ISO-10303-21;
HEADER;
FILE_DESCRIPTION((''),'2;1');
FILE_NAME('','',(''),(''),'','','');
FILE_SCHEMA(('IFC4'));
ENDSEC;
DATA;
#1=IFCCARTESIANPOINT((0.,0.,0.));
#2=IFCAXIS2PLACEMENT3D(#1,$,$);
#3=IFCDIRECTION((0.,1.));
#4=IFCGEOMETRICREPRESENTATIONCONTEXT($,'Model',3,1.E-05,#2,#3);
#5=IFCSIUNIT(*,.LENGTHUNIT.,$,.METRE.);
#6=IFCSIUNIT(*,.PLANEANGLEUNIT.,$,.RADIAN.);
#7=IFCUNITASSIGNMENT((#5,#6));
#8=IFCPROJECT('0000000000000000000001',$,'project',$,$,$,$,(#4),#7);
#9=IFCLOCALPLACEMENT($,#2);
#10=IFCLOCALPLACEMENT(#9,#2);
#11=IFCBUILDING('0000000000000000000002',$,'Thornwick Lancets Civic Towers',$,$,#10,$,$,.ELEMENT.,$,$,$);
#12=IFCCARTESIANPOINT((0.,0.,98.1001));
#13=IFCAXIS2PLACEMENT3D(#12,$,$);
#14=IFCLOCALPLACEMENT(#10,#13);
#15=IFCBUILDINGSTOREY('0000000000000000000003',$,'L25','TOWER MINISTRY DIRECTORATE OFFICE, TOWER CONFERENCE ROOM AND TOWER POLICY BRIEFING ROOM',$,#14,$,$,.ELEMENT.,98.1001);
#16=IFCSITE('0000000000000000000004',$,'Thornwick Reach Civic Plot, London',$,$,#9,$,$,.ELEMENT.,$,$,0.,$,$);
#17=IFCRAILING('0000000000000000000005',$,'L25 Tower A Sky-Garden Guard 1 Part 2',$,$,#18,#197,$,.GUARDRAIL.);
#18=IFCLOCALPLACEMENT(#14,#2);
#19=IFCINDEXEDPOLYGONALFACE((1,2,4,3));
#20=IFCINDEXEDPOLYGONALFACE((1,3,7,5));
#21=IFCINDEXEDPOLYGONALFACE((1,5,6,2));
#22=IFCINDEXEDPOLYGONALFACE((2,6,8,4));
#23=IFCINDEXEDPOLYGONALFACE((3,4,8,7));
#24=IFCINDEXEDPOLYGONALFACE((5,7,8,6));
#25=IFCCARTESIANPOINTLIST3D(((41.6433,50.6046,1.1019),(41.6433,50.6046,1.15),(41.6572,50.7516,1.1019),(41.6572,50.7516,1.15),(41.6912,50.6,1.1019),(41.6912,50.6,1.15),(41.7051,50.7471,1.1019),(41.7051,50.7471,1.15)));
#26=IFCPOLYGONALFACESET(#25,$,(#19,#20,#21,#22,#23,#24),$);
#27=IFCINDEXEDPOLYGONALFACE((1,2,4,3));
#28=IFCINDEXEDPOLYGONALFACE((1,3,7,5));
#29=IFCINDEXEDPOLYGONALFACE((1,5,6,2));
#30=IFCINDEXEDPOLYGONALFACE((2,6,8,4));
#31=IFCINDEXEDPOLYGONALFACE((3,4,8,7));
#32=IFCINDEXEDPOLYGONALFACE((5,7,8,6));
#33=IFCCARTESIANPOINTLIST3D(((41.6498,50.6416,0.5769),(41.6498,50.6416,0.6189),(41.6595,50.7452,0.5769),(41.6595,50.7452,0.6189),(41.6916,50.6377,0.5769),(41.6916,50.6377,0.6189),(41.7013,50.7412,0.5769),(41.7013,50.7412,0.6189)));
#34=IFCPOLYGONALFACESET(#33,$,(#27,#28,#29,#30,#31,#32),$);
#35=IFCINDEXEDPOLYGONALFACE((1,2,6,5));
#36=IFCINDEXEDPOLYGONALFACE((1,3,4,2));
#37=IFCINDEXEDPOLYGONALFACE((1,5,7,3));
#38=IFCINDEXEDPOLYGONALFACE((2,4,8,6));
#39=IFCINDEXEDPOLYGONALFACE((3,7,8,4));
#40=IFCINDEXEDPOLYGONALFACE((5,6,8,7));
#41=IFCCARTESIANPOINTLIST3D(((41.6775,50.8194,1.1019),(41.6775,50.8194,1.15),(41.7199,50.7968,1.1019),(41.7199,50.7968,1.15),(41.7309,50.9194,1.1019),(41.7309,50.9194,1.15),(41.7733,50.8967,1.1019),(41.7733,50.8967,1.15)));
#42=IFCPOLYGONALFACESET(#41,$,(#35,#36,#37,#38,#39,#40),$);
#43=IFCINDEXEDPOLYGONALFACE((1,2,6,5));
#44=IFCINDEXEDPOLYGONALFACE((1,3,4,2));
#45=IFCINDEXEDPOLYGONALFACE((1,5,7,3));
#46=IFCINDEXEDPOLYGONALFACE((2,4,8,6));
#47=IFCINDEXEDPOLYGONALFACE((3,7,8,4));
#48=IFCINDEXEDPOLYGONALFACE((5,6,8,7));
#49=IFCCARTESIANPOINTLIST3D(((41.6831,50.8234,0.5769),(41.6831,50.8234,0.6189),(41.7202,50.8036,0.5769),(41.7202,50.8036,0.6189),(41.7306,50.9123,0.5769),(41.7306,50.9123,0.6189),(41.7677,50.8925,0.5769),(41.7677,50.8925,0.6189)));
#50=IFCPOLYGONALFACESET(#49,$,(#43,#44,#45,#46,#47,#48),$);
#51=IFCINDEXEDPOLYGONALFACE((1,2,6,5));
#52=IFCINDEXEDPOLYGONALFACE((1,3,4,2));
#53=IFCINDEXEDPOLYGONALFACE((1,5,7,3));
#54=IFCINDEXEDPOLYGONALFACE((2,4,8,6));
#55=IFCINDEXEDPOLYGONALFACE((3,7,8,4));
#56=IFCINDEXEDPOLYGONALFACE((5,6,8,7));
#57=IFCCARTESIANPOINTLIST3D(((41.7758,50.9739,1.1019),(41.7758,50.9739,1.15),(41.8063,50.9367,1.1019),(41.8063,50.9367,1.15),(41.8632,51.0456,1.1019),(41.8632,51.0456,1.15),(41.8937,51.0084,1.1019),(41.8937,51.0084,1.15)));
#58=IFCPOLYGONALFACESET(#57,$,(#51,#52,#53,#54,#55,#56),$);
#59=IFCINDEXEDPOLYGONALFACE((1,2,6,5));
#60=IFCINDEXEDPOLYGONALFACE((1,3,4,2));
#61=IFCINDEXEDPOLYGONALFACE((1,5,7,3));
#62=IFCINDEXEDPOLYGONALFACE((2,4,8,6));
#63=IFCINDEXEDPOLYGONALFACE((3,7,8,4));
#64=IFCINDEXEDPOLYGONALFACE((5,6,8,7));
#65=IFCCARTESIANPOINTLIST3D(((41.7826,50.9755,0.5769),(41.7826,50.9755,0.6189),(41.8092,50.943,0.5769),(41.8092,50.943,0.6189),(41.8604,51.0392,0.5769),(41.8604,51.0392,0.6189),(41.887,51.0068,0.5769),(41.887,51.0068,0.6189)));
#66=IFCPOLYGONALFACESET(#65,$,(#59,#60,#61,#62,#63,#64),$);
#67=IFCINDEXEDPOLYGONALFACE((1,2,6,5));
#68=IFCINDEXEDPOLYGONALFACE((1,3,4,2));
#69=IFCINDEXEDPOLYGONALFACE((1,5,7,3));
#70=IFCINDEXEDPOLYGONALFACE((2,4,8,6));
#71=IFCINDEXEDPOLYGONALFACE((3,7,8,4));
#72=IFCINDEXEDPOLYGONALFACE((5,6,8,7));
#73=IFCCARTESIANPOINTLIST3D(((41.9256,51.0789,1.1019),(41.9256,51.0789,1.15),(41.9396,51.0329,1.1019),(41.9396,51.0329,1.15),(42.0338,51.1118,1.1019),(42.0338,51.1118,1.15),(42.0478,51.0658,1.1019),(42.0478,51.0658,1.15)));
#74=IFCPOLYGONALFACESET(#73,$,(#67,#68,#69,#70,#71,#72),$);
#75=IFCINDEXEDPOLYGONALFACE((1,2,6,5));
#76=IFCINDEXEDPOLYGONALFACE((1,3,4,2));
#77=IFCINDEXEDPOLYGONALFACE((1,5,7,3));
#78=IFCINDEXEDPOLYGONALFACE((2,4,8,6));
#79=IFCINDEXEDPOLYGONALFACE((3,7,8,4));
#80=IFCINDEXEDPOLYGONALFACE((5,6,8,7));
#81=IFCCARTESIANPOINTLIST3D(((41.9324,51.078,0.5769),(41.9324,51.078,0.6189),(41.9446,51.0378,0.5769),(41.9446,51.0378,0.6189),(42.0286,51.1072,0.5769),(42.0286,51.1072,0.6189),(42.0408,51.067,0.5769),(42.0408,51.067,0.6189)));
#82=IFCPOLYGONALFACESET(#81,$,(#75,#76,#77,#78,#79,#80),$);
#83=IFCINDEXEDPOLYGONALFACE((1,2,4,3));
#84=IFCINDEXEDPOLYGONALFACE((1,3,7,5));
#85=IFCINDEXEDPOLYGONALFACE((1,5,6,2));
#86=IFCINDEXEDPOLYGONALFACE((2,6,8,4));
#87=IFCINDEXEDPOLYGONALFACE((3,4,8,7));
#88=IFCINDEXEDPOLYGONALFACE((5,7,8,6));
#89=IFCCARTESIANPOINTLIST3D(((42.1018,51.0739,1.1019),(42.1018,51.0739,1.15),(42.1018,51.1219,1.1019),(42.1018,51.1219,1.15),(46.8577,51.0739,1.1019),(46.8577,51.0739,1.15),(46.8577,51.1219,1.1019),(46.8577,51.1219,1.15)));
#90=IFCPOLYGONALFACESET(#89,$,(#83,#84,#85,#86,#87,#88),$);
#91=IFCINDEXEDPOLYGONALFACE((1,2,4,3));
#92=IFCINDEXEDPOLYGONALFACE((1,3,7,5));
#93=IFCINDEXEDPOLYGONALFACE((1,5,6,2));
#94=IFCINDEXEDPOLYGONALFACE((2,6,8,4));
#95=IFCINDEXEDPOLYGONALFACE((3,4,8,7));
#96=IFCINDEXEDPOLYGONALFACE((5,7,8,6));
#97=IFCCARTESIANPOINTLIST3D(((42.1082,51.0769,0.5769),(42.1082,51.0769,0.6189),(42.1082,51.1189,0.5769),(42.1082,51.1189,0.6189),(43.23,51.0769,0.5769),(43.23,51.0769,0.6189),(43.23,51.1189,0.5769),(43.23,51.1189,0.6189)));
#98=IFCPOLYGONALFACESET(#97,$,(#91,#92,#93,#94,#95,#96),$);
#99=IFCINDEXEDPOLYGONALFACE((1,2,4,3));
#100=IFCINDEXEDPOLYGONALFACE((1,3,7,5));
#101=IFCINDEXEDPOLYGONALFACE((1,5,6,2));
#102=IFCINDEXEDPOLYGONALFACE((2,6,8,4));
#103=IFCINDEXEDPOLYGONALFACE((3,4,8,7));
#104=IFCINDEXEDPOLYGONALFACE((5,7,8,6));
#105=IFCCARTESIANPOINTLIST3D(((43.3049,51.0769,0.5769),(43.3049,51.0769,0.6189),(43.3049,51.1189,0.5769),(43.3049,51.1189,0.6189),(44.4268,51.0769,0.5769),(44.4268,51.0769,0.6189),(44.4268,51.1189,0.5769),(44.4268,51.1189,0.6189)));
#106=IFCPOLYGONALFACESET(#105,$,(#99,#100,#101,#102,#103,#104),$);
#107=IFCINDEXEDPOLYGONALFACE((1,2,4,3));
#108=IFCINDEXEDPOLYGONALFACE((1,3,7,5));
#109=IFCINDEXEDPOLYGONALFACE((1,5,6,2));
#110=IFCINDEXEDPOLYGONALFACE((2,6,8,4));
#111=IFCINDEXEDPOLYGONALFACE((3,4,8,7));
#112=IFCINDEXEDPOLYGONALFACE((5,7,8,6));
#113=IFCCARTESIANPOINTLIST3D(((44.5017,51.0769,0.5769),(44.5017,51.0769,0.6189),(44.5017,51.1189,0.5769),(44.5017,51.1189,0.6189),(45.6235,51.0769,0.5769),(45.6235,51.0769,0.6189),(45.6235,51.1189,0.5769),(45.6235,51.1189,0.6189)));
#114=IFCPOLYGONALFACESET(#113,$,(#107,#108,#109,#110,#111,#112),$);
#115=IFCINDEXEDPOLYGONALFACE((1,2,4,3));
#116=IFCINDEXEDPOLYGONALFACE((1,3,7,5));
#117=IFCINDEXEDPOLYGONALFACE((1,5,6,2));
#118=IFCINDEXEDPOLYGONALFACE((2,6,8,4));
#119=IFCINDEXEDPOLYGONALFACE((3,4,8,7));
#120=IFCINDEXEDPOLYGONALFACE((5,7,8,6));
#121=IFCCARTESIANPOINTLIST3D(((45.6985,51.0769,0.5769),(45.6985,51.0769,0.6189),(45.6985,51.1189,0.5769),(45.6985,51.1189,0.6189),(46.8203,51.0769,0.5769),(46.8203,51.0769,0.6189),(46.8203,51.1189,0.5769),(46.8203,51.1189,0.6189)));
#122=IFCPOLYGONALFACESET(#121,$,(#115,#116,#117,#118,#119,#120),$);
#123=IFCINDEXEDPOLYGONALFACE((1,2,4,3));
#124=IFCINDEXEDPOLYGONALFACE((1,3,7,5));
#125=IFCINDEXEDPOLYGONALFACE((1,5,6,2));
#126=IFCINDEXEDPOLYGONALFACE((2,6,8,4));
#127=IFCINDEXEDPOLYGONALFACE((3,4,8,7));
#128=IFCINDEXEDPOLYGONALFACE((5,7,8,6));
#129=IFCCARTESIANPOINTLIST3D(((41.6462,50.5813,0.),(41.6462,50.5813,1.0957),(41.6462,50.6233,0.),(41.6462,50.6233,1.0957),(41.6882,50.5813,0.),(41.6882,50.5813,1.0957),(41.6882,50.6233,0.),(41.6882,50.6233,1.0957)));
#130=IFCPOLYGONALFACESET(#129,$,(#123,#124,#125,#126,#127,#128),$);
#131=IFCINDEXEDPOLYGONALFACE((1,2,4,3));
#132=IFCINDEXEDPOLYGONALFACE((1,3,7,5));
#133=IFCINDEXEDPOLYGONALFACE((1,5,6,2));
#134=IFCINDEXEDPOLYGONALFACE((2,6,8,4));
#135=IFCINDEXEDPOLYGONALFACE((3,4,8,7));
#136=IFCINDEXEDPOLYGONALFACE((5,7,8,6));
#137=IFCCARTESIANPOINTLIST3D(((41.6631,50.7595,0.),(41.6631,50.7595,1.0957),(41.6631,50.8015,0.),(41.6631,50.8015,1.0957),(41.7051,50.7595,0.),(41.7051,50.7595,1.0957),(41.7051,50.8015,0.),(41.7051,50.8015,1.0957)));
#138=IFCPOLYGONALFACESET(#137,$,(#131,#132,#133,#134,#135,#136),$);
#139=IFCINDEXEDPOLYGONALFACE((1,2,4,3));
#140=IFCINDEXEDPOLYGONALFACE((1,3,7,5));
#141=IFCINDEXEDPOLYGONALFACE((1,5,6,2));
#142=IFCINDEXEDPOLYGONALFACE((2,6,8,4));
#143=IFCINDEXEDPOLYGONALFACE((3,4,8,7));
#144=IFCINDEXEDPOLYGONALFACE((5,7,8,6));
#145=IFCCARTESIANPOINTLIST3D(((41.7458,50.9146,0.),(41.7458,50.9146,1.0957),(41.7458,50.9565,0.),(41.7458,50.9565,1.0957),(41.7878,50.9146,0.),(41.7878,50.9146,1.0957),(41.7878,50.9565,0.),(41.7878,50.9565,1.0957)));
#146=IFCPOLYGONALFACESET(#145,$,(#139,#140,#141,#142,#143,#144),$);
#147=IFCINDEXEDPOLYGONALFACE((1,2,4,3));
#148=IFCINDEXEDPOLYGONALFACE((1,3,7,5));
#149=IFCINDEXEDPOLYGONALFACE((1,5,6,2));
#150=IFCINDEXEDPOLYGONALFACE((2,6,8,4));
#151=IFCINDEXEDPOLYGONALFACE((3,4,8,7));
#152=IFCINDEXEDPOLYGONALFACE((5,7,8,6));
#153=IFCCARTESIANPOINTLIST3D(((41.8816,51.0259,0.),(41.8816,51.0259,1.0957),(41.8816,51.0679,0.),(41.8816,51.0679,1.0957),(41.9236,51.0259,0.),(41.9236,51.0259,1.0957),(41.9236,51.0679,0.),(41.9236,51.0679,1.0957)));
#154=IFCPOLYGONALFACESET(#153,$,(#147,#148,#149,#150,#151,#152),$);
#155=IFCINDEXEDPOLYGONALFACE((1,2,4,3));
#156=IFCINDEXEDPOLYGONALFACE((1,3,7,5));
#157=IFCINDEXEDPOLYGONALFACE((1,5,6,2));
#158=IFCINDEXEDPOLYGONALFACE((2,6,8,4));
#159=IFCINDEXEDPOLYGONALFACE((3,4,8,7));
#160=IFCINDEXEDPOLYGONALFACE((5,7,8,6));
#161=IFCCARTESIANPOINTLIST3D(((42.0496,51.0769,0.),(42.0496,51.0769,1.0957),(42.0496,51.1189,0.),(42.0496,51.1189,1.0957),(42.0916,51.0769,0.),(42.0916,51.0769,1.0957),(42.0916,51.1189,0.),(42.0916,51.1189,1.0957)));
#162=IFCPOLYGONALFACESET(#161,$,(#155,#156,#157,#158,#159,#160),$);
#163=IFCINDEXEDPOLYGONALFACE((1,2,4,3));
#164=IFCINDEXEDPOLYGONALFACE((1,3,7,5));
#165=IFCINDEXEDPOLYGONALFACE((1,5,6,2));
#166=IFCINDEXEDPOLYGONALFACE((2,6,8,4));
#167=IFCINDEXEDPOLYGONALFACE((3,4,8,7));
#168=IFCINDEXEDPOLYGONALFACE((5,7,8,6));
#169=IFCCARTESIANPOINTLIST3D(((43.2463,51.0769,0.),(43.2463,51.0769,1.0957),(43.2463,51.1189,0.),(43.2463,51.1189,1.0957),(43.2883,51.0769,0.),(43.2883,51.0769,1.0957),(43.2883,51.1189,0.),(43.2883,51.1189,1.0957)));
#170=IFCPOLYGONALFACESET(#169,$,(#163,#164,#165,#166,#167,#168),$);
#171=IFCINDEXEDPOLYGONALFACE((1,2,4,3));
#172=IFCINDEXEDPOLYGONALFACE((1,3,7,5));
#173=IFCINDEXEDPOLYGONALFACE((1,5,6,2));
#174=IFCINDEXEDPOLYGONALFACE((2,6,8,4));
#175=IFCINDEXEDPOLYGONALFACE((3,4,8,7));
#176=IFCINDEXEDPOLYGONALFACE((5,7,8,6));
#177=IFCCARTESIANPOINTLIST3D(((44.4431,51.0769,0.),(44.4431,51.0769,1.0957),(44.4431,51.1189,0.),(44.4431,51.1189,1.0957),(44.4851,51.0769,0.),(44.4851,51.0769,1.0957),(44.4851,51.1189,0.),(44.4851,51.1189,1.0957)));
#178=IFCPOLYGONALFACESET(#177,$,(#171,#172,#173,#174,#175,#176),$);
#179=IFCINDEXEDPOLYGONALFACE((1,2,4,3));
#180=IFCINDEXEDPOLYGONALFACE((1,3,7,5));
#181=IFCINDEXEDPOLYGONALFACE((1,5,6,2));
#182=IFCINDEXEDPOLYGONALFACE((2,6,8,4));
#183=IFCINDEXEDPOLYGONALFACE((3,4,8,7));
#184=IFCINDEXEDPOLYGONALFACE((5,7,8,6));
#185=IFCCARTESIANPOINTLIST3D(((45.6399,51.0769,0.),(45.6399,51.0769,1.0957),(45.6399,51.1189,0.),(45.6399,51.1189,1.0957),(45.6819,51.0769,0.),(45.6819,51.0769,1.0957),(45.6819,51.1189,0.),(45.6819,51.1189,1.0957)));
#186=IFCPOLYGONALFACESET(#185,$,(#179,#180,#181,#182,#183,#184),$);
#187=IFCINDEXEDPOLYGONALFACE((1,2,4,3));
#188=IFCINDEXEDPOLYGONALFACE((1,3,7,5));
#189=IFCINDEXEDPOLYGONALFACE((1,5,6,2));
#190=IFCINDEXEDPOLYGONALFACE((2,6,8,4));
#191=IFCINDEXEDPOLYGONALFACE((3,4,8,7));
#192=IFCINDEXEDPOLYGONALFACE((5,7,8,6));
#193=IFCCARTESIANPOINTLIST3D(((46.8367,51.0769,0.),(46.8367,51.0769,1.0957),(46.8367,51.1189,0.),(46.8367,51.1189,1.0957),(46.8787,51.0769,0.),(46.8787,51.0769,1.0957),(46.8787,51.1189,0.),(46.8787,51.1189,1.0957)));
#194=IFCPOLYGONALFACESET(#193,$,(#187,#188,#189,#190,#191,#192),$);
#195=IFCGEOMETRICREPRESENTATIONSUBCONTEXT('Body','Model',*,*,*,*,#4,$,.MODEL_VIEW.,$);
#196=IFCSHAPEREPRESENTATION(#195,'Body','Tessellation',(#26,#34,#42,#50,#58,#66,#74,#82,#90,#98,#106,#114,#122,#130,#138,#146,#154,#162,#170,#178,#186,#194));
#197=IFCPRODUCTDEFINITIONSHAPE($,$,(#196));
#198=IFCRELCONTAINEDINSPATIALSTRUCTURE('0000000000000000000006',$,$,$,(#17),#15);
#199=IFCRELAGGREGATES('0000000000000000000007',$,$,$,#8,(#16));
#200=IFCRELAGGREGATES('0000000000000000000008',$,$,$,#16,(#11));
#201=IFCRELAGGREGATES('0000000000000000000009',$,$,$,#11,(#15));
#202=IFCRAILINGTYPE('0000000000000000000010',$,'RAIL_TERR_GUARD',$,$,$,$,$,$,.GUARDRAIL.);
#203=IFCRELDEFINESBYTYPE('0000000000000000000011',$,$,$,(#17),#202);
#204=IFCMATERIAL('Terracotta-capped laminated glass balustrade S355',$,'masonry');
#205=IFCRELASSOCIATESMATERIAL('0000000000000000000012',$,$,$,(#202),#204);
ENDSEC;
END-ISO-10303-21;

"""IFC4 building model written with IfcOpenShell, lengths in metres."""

from ifc_helpers import new_model, si_unit, direction, frame, origin, origin_2d, place, context, subcontext, project, spatial, rectangle, extrude, material, type_object, element, save


model = new_model("IFC4")

# Units and contexts
model_context = context("Model", 3, precision=1e-05, world=origin(), true_north=direction((0.0, 1.0)))
body_context = subcontext(model_context, "Body", "Model", "MODEL_VIEW")
ifc_project = project(units=[si_unit("LENGTHUNIT", "METRE"), si_unit("PLANEANGLEUNIT", "RADIAN")], contexts=[model_context])

# Site, building, storey
site_placement = place(None, origin())
site = spatial("IfcSite", under=ifc_project, at=site_placement, Name="Thornwick Reach Civic Plot, London", CompositionType="ELEMENT", RefElevation=0.0)
building_placement = place(site_placement, origin())
building = spatial("IfcBuilding", under=site, at=building_placement, Name="Thornwick Lancets Civic Towers", CompositionType="ELEMENT")
storey_placement = place(building_placement, frame((0.0, 0.0, 98.1001)))
storey = spatial("IfcBuildingStorey", under=building, at=storey_placement, Name="L25", Description="TOWER MINISTRY DIRECTORATE OFFICE, TOWER CONFERENCE ROOM AND TOWER POLICY BRIEFING ROOM", CompositionType="ELEMENT", Elevation=98.1001)

# Railing
ifc_material_1 = material(Name="Terracotta-capped laminated glass balustrade S355", Category="masonry")
railing_type = type_object("IfcRailingType", Name="RAIL_TERR_GUARD", PredefinedType="GUARDRAIL", material=ifc_material_1)
railing_placement = place(storey_placement, frame((41.6672, 50.6023, 0.0)))
element("IfcRailing", 1, at=railing_placement, inside=storey, type_object=railing_type, Name="L25 Tower A Sky-Garden Guard 1 Part 2", PredefinedType="GUARDRAIL", context=body_context, shape_type="SweptSolid", body=[
    extrude(rectangle(XDim=0.0481, YDim=0.0481, at=origin_2d()), frame((0.0, 0.0, 1.126), z_axis=(0.094101, 0.995563, 0.0), x_axis=(-0.995563, 0.094101, 0.0)), (0.0, 0.0, 1.0), 0.1477),
    extrude(rectangle(XDim=0.042, YDim=0.042, at=origin_2d()), frame((0.0034, 0.0374, 0.5979), z_axis=(0.094101, 0.995563, 0.0), x_axis=(-0.995563, 0.094101, 0.0)), (0.0, 0.0, 1.0), 0.104),
    extrude(rectangle(XDim=0.0481, YDim=0.0481, at=origin_2d()), frame((0.0315, 0.2058, 1.126), z_axis=(0.470949, 0.882161, 0.0), x_axis=(-0.882161, 0.470949, 0.0)), (0.0, 0.0, 1.0), 0.1133),
    extrude(rectangle(XDim=0.042, YDim=0.042, at=origin_2d()), frame((0.0344, 0.2112, 0.5979), z_axis=(0.470949, 0.882161, 0.0), x_axis=(-0.882161, 0.470949, 0.0)), (0.0, 0.0, 1.0), 0.1008),
    extrude(rectangle(XDim=0.0481, YDim=0.0481, at=origin_2d()), frame((0.1238, 0.353, 1.126), z_axis=(0.773213, 0.634146, 0.0), x_axis=(-0.634146, 0.773213, 0.0)), (0.0, 0.0, 1.0), 0.113),
    extrude(rectangle(XDim=0.042, YDim=0.042, at=origin_2d()), frame((0.1287, 0.3569, 0.5979), z_axis=(0.773213, 0.634146, 0.0), x_axis=(-0.634146, 0.773213, 0.0)), (0.0, 0.0, 1.0), 0.1006),
    extrude(rectangle(XDim=0.0481, YDim=0.0481, at=origin_2d()), frame((0.2654, 0.4536, 1.126), z_axis=(0.956825, 0.290664, 0.0), x_axis=(-0.290664, 0.956825, 0.0)), (0.0, 0.0, 1.0), 0.113),
    extrude(rectangle(XDim=0.042, YDim=0.042, at=origin_2d()), frame((0.2712, 0.4556, 0.5979), z_axis=(0.956825, 0.290664, 0.0), x_axis=(-0.290664, 0.956825, 0.0)), (0.0, 0.0, 1.0), 0.1006),
    extrude(rectangle(XDim=0.0481, YDim=0.0481, at=origin_2d()), frame((0.4346, 0.4956, 1.126), z_axis=(1.0, 0.0, 0.0), x_axis=(0.0, 1.0, 0.0)), (0.0, 0.0, 1.0), 4.7559),
    extrude(rectangle(XDim=0.042, YDim=0.042, at=origin_2d()), frame((0.4409, 0.4956, 0.5979), z_axis=(1.0, 0.0, 0.0), x_axis=(0.0, 1.0, 0.0)), (0.0, 0.0, 1.0), 1.1218),
    extrude(rectangle(XDim=0.042, YDim=0.042, at=origin_2d()), frame((1.6377, 0.4956, 0.5979), z_axis=(1.0, 0.0, 0.0), x_axis=(0.0, 1.0, 0.0)), (0.0, 0.0, 1.0), 1.1218),
    extrude(rectangle(XDim=0.042, YDim=0.042, at=origin_2d()), frame((2.8345, 0.4956, 0.5979), z_axis=(1.0, 0.0, 0.0), x_axis=(0.0, 1.0, 0.0)), (0.0, 0.0, 1.0), 1.1218),
    extrude(rectangle(XDim=0.042, YDim=0.042, at=origin_2d()), frame((4.0312, 0.4956, 0.5979), z_axis=(1.0, 0.0, 0.0), x_axis=(0.0, 1.0, 0.0)), (0.0, 0.0, 1.0), 1.1218),
    extrude(rectangle(XDim=0.042, YDim=0.042, at=origin_2d()), origin(), (0.0, 0.0, 1.0), 1.0957),
    extrude(rectangle(XDim=0.042, YDim=0.042, at=origin_2d()), frame((0.0168, 0.1782, 0.0)), (0.0, 0.0, 1.0), 1.0957),
    extrude(rectangle(XDim=0.042, YDim=0.042, at=origin_2d()), frame((0.0996, 0.3333, 0.0)), (0.0, 0.0, 1.0), 1.0957),
    extrude(rectangle(XDim=0.042, YDim=0.042, at=origin_2d()), frame((0.2354, 0.4446, 0.0)), (0.0, 0.0, 1.0), 1.0957),
    extrude(rectangle(XDim=0.042, YDim=0.042, at=origin_2d()), frame((0.4033, 0.4956, 0.0)), (0.0, 0.0, 1.0), 1.0957),
    extrude(rectangle(XDim=0.042, YDim=0.042, at=origin_2d()), frame((1.6001, 0.4956, 0.0)), (0.0, 0.0, 1.0), 1.0957),
    extrude(rectangle(XDim=0.042, YDim=0.042, at=origin_2d()), frame((2.7969, 0.4956, 0.0)), (0.0, 0.0, 1.0), 1.0957),
    extrude(rectangle(XDim=0.042, YDim=0.042, at=origin_2d()), frame((3.9937, 0.4956, 0.0)), (0.0, 0.0, 1.0), 1.0957),
    extrude(rectangle(XDim=0.042, YDim=0.042, at=origin_2d()), frame((5.1904, 0.4956, 0.0)), (0.0, 0.0, 1.0), 1.0957),
])

save(model, "model.ifc")
